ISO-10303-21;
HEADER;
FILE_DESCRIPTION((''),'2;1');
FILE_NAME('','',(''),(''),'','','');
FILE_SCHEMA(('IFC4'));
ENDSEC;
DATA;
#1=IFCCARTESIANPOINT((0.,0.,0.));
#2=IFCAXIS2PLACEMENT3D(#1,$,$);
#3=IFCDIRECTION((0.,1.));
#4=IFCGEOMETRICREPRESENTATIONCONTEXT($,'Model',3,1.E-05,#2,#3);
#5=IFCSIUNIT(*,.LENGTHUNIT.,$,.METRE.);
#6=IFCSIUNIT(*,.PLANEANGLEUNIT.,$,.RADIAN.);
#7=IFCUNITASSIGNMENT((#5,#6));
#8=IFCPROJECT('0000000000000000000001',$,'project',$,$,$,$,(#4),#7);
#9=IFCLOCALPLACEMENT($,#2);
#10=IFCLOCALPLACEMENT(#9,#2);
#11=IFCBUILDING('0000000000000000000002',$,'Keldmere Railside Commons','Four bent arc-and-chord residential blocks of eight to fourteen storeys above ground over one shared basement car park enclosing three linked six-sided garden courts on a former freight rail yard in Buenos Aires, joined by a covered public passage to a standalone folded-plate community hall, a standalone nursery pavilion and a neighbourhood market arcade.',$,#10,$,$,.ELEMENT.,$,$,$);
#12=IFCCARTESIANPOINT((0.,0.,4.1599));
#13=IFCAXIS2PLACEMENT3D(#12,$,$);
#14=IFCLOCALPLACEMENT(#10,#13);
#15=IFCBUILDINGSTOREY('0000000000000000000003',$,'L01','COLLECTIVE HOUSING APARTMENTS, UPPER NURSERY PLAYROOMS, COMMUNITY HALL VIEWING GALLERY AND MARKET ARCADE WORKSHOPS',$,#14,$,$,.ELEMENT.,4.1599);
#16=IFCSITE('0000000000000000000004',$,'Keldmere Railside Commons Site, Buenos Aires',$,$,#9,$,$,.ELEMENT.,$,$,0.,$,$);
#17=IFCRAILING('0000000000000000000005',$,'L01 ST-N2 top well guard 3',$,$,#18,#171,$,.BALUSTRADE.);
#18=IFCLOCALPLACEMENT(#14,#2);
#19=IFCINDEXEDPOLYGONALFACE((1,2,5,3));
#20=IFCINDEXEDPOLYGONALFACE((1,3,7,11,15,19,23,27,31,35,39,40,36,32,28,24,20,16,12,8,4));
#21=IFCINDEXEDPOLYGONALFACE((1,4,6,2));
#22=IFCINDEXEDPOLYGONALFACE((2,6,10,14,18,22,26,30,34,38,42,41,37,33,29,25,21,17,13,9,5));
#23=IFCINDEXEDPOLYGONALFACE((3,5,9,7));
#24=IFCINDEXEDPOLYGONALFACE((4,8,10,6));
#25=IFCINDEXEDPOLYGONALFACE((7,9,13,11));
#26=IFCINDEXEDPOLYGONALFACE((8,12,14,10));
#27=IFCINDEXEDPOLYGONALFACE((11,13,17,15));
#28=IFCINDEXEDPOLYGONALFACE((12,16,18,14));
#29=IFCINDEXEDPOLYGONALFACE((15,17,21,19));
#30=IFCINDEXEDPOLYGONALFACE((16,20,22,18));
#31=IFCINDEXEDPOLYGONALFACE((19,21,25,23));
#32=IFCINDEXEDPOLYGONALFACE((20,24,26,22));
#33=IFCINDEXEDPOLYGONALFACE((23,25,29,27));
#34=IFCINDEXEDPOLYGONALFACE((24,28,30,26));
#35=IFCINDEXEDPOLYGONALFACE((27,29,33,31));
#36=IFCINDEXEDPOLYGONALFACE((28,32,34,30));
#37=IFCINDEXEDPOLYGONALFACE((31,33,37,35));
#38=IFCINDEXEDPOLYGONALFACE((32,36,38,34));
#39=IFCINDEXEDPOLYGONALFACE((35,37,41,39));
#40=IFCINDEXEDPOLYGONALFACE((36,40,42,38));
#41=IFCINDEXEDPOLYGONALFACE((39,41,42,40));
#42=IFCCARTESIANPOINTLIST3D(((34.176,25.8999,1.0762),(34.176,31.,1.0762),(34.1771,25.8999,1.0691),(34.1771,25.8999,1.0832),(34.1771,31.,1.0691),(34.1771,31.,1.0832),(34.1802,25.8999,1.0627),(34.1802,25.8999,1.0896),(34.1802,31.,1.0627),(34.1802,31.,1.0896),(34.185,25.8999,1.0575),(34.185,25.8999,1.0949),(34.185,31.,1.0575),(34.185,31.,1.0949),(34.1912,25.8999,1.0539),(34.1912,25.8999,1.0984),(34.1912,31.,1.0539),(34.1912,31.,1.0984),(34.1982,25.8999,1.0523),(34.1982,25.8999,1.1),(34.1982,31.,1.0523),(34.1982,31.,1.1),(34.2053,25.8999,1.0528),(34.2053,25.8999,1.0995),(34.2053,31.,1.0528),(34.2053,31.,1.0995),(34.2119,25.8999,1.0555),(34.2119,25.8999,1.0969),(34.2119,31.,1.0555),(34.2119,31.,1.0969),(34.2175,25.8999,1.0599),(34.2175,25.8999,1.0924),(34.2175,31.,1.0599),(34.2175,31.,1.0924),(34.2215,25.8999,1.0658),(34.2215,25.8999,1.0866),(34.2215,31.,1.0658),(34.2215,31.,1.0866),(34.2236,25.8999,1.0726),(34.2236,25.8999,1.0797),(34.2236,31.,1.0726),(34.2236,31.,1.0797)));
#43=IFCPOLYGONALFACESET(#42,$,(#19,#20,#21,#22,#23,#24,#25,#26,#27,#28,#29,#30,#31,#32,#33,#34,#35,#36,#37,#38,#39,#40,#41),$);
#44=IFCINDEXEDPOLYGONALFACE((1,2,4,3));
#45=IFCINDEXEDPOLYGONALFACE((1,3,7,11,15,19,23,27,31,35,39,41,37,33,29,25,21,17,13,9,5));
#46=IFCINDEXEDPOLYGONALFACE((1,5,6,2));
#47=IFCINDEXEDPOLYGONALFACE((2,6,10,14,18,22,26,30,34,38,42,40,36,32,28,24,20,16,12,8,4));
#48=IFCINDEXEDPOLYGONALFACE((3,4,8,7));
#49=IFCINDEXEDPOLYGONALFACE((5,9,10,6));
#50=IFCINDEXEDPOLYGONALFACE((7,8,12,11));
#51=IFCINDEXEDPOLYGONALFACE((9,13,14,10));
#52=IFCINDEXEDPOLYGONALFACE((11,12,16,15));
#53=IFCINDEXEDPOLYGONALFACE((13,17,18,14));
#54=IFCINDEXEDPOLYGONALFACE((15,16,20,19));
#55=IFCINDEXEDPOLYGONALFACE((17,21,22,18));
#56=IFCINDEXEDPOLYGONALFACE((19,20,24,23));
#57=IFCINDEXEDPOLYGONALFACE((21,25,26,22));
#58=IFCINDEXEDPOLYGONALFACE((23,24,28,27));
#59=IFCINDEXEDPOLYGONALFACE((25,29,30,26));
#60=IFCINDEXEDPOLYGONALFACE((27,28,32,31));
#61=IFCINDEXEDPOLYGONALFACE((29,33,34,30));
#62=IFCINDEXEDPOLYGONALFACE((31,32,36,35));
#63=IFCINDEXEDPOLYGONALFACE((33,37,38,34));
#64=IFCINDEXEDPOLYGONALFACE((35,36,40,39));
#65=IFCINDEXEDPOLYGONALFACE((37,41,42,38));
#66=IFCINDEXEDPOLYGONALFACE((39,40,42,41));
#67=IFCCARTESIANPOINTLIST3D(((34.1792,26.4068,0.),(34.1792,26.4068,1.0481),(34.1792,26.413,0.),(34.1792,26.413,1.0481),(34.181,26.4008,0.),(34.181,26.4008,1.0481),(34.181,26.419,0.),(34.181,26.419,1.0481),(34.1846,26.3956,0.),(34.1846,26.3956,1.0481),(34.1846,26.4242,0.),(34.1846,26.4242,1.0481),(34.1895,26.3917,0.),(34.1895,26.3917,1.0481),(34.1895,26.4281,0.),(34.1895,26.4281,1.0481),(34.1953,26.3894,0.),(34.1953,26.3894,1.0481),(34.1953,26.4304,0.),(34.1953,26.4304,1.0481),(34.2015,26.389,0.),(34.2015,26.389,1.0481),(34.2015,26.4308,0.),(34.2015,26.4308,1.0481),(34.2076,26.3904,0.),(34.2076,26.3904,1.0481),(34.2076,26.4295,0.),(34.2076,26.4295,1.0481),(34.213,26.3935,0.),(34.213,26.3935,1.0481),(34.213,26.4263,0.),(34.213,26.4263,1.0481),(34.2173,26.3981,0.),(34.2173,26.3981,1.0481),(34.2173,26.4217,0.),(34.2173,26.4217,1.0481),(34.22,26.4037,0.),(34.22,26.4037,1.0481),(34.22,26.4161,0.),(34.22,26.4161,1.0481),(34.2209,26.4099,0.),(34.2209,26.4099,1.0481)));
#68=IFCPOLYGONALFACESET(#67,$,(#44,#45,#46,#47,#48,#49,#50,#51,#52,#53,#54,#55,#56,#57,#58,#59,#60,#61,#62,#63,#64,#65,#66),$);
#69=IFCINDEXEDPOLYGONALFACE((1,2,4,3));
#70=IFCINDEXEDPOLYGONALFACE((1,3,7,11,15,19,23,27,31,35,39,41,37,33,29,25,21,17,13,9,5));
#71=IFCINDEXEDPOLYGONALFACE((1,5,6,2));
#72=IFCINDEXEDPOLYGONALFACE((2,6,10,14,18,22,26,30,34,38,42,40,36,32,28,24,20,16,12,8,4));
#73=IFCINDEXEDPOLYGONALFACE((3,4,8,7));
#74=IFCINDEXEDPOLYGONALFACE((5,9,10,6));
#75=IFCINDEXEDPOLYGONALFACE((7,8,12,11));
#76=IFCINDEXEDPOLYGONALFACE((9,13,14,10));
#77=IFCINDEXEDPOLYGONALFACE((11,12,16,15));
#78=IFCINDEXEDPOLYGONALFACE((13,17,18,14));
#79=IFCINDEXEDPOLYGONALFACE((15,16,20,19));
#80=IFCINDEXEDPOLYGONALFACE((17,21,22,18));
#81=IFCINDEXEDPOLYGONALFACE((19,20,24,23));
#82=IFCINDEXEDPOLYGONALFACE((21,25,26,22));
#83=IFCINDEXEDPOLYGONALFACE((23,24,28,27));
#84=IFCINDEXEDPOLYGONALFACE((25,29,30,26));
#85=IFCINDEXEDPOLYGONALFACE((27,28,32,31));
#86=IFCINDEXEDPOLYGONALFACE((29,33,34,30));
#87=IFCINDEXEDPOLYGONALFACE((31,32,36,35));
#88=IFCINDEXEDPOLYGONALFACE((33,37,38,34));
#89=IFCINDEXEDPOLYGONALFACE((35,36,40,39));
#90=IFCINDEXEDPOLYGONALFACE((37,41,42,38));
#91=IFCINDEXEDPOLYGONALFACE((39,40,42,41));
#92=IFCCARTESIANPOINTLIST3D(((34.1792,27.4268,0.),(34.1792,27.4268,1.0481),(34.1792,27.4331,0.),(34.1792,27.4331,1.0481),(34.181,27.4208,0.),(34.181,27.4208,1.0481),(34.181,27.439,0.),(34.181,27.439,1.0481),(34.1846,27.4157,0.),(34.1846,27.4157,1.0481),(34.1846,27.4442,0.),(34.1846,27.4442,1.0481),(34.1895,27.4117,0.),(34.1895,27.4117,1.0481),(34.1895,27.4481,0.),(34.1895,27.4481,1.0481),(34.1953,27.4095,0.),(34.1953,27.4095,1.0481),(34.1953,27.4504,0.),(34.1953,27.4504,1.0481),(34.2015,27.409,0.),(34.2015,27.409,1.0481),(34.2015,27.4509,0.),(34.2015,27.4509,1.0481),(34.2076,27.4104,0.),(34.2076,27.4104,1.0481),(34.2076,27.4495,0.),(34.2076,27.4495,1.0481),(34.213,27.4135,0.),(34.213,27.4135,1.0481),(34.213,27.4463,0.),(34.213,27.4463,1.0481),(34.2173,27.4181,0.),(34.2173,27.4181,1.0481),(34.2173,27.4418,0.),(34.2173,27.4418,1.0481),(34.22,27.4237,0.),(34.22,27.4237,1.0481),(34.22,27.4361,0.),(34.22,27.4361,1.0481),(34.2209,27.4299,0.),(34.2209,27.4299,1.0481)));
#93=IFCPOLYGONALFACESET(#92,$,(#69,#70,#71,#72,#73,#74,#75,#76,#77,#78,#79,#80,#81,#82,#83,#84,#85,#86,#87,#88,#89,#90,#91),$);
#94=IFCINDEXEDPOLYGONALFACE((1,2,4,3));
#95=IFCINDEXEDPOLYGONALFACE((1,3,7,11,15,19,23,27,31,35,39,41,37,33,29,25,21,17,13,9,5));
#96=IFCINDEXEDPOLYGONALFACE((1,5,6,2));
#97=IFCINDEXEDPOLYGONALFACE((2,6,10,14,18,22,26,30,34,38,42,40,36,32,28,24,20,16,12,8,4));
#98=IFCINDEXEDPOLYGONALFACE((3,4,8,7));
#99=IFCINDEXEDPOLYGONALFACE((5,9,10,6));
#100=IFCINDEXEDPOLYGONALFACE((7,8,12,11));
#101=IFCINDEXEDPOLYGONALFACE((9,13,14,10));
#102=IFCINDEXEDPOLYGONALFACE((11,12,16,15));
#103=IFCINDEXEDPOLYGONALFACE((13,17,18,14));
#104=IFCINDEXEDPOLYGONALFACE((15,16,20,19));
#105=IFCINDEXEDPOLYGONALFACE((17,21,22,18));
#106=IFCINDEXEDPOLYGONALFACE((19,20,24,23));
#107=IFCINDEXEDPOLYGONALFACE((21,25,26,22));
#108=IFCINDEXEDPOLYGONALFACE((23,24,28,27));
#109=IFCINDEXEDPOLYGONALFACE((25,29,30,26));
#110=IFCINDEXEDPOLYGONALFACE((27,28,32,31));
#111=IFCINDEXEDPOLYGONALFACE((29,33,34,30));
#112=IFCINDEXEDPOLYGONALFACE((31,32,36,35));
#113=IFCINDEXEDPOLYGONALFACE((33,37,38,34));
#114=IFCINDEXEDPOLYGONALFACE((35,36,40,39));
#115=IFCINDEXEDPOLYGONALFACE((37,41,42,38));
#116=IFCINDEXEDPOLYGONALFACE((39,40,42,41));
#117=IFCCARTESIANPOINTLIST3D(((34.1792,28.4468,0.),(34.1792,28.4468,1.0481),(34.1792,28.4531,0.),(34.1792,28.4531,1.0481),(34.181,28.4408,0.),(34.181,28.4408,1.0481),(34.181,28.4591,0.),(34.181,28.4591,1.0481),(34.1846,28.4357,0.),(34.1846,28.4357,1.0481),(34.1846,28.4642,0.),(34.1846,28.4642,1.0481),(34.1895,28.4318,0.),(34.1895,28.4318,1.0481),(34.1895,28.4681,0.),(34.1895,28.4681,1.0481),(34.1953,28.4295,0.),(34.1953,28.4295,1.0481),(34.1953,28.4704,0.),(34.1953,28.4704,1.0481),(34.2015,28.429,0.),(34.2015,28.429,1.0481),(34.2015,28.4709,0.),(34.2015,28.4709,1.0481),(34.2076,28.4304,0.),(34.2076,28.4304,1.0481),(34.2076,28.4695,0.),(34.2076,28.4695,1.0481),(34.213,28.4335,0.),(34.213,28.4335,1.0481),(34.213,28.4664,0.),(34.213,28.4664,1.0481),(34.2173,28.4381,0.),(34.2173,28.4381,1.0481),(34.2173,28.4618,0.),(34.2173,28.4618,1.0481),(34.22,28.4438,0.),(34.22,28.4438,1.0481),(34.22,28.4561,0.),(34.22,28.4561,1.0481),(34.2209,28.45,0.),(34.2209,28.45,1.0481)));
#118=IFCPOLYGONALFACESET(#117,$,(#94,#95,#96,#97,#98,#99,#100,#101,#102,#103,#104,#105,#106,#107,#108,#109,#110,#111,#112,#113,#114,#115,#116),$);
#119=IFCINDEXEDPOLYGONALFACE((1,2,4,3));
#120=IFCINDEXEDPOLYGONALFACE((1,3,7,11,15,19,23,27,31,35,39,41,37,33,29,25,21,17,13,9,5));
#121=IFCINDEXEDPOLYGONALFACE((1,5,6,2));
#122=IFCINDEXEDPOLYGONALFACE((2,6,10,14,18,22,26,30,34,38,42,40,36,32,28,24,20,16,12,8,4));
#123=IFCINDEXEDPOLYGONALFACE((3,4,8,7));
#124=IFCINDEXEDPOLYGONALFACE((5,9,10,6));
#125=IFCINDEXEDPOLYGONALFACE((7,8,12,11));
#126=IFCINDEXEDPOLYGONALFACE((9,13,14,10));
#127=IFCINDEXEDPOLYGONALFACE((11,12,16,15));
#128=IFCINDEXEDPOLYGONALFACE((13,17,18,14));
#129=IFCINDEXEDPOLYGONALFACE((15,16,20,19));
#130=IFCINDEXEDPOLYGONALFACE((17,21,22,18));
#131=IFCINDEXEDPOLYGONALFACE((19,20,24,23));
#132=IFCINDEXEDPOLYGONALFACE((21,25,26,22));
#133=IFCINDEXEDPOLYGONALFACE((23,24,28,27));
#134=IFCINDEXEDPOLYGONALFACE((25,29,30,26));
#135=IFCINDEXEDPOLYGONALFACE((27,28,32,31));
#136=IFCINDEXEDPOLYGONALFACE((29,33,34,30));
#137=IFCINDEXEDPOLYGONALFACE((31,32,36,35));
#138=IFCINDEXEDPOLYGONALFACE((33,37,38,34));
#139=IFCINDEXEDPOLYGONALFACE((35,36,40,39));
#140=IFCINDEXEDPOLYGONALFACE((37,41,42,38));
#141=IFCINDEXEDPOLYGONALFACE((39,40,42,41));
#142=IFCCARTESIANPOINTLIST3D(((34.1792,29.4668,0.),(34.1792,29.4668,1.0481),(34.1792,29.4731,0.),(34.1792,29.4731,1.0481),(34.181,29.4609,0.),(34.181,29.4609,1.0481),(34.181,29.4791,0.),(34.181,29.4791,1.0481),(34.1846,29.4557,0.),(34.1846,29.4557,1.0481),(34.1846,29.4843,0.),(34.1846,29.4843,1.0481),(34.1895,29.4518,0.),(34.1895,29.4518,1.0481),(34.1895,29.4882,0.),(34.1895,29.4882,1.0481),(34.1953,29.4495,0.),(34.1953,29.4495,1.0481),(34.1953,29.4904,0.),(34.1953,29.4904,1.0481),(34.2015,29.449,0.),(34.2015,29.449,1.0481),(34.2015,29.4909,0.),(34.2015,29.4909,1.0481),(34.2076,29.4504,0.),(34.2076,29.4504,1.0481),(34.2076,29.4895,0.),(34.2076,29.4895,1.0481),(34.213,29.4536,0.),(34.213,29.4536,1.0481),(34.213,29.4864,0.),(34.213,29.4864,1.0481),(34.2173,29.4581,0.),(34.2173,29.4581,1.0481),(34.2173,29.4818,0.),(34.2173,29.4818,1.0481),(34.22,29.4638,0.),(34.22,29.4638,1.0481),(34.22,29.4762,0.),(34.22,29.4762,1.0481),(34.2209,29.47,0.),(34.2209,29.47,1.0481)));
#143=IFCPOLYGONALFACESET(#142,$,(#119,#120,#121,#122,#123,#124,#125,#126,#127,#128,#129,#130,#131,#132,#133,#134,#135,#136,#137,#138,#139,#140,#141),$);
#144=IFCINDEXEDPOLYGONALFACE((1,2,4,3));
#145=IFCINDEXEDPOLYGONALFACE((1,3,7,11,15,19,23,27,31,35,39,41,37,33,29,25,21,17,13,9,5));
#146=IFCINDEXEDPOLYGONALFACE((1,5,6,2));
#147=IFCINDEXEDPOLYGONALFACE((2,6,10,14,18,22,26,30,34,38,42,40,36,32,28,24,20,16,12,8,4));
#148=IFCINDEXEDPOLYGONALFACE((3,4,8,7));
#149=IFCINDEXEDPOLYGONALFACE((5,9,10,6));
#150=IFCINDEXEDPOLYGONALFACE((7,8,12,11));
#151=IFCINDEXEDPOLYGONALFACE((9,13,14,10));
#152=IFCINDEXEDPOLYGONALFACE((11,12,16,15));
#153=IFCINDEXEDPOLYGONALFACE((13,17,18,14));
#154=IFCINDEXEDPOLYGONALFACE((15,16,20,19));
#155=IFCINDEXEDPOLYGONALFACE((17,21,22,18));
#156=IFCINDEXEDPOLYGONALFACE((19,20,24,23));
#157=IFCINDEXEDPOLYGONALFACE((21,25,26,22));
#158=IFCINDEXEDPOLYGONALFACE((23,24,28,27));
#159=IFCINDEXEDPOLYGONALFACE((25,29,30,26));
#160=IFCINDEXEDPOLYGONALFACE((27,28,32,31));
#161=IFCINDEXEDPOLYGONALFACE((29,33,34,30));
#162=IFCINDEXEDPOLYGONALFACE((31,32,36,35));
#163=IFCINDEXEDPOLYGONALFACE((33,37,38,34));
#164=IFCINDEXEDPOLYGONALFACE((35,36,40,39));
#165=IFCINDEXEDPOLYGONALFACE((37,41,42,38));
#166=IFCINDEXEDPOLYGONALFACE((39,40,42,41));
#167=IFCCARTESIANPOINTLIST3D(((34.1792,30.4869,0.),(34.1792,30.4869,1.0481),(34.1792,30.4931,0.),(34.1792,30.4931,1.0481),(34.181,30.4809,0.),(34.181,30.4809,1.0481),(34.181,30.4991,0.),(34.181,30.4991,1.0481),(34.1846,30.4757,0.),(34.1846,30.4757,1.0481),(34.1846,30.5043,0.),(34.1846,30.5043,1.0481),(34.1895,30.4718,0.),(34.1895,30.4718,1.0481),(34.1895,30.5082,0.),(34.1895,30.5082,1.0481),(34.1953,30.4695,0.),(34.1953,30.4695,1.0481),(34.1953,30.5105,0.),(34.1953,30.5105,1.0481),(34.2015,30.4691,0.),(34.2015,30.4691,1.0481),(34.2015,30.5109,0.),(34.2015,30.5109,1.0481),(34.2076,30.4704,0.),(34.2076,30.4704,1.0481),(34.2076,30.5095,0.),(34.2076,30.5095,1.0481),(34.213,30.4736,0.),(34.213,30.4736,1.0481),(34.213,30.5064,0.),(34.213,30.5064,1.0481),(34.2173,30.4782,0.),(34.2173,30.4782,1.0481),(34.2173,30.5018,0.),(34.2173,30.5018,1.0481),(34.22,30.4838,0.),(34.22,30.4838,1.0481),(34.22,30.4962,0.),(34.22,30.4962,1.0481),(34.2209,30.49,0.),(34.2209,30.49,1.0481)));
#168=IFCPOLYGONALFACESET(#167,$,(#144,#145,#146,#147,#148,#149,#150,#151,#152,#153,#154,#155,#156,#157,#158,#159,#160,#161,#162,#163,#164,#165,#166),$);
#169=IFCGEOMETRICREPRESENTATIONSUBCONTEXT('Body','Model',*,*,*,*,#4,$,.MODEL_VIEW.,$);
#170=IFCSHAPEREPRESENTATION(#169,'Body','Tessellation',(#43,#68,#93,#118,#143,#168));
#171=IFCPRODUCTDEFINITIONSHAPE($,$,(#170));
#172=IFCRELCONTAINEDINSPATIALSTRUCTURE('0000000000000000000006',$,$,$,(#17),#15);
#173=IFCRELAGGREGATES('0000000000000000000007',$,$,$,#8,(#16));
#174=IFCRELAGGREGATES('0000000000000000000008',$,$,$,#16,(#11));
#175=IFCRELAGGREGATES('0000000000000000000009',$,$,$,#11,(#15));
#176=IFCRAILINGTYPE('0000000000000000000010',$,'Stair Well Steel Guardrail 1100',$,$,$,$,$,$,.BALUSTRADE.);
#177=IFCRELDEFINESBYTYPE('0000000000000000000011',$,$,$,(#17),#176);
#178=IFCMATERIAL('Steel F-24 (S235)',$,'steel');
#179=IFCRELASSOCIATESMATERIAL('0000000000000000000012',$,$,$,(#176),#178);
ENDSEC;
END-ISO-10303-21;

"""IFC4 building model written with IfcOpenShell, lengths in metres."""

from ifc_helpers import new_model, si_unit, direction, frame, origin, origin_2d, place, context, subcontext, project, spatial, circle, extrude, material, type_object, element, save


model = new_model("IFC4")

# Units and contexts
model_context = context("Model", 3, precision=1e-05, world=origin(), true_north=direction((0.0, 1.0)))
body_context = subcontext(model_context, "Body", "Model", "MODEL_VIEW")
ifc_project = project(units=[si_unit("LENGTHUNIT", "METRE"), si_unit("PLANEANGLEUNIT", "RADIAN")], contexts=[model_context])

# Site, building, storey
site_placement = place(None, origin())
site = spatial("IfcSite", under=ifc_project, at=site_placement, Name="Keldmere Railside Commons Site, Buenos Aires", CompositionType="ELEMENT", RefElevation=0.0)
building_placement = place(site_placement, origin())
building = spatial("IfcBuilding", under=site, at=building_placement, Name="Keldmere Railside Commons", Description="Four bent arc-and-chord residential blocks of eight to fourteen storeys above ground over one shared basement car park enclosing three linked six-sided garden courts on a former freight rail yard in Buenos Aires, joined by a covered public passage to a standalone folded-plate community hall, a standalone nursery pavilion and a neighbourhood market arcade.", CompositionType="ELEMENT")
storey_placement = place(building_placement, frame((0.0, 0.0, 4.1599)))
storey = spatial("IfcBuildingStorey", under=building, at=storey_placement, Name="L01", Description="COLLECTIVE HOUSING APARTMENTS, UPPER NURSERY PLAYROOMS, COMMUNITY HALL VIEWING GALLERY AND MARKET ARCADE WORKSHOPS", CompositionType="ELEMENT", Elevation=4.1599)

# Shared definitions
ifc_material_1 = material(Name="Steel F-24 (S235)", Category="steel")

# Railing
railing_type = type_object("IfcRailingType", Name="Stair Well Steel Guardrail 1100", PredefinedType="BALUSTRADE", material=ifc_material_1)
for number, where, name in (
    (1, (34.2, 25.8999, 0.0), "L01 ST-N2 top well guard 3"),
):
    element("IfcRailing", number, at=place(storey_placement, frame(where)), inside=storey, type_object=railing_type, Name=name, PredefinedType="BALUSTRADE", context=body_context, shape_type="SweptSolid", body=[
        extrude(circle(Radius=0.0239, at=origin_2d()), frame((0.0, 0.0, 1.0762), z_axis=(0.0, 1.0, 0.0), x_axis=(-1.0, 0.0, 0.0)), (0.0, 0.0, 1.0), 5.1001),
        extrude(circle(Radius=0.021, at=origin_2d()), frame((0.0, 0.51, 0.0)), (0.0, 0.0, 1.0), 1.0481),
        extrude(circle(Radius=0.021, at=origin_2d()), frame((0.0, 1.53, 0.0)), (0.0, 0.0, 1.0), 1.0481),
        extrude(circle(Radius=0.021, at=origin_2d()), frame((0.0, 2.55, 0.0)), (0.0, 0.0, 1.0), 1.0481),
        extrude(circle(Radius=0.021, at=origin_2d()), frame((0.0, 3.5701, 0.0)), (0.0, 0.0, 1.0), 1.0481),
        extrude(circle(Radius=0.021, at=origin_2d()), frame((0.0, 4.5901, 0.0)), (0.0, 0.0, 1.0), 1.0481),
    ])

save(model, "model.ifc")
